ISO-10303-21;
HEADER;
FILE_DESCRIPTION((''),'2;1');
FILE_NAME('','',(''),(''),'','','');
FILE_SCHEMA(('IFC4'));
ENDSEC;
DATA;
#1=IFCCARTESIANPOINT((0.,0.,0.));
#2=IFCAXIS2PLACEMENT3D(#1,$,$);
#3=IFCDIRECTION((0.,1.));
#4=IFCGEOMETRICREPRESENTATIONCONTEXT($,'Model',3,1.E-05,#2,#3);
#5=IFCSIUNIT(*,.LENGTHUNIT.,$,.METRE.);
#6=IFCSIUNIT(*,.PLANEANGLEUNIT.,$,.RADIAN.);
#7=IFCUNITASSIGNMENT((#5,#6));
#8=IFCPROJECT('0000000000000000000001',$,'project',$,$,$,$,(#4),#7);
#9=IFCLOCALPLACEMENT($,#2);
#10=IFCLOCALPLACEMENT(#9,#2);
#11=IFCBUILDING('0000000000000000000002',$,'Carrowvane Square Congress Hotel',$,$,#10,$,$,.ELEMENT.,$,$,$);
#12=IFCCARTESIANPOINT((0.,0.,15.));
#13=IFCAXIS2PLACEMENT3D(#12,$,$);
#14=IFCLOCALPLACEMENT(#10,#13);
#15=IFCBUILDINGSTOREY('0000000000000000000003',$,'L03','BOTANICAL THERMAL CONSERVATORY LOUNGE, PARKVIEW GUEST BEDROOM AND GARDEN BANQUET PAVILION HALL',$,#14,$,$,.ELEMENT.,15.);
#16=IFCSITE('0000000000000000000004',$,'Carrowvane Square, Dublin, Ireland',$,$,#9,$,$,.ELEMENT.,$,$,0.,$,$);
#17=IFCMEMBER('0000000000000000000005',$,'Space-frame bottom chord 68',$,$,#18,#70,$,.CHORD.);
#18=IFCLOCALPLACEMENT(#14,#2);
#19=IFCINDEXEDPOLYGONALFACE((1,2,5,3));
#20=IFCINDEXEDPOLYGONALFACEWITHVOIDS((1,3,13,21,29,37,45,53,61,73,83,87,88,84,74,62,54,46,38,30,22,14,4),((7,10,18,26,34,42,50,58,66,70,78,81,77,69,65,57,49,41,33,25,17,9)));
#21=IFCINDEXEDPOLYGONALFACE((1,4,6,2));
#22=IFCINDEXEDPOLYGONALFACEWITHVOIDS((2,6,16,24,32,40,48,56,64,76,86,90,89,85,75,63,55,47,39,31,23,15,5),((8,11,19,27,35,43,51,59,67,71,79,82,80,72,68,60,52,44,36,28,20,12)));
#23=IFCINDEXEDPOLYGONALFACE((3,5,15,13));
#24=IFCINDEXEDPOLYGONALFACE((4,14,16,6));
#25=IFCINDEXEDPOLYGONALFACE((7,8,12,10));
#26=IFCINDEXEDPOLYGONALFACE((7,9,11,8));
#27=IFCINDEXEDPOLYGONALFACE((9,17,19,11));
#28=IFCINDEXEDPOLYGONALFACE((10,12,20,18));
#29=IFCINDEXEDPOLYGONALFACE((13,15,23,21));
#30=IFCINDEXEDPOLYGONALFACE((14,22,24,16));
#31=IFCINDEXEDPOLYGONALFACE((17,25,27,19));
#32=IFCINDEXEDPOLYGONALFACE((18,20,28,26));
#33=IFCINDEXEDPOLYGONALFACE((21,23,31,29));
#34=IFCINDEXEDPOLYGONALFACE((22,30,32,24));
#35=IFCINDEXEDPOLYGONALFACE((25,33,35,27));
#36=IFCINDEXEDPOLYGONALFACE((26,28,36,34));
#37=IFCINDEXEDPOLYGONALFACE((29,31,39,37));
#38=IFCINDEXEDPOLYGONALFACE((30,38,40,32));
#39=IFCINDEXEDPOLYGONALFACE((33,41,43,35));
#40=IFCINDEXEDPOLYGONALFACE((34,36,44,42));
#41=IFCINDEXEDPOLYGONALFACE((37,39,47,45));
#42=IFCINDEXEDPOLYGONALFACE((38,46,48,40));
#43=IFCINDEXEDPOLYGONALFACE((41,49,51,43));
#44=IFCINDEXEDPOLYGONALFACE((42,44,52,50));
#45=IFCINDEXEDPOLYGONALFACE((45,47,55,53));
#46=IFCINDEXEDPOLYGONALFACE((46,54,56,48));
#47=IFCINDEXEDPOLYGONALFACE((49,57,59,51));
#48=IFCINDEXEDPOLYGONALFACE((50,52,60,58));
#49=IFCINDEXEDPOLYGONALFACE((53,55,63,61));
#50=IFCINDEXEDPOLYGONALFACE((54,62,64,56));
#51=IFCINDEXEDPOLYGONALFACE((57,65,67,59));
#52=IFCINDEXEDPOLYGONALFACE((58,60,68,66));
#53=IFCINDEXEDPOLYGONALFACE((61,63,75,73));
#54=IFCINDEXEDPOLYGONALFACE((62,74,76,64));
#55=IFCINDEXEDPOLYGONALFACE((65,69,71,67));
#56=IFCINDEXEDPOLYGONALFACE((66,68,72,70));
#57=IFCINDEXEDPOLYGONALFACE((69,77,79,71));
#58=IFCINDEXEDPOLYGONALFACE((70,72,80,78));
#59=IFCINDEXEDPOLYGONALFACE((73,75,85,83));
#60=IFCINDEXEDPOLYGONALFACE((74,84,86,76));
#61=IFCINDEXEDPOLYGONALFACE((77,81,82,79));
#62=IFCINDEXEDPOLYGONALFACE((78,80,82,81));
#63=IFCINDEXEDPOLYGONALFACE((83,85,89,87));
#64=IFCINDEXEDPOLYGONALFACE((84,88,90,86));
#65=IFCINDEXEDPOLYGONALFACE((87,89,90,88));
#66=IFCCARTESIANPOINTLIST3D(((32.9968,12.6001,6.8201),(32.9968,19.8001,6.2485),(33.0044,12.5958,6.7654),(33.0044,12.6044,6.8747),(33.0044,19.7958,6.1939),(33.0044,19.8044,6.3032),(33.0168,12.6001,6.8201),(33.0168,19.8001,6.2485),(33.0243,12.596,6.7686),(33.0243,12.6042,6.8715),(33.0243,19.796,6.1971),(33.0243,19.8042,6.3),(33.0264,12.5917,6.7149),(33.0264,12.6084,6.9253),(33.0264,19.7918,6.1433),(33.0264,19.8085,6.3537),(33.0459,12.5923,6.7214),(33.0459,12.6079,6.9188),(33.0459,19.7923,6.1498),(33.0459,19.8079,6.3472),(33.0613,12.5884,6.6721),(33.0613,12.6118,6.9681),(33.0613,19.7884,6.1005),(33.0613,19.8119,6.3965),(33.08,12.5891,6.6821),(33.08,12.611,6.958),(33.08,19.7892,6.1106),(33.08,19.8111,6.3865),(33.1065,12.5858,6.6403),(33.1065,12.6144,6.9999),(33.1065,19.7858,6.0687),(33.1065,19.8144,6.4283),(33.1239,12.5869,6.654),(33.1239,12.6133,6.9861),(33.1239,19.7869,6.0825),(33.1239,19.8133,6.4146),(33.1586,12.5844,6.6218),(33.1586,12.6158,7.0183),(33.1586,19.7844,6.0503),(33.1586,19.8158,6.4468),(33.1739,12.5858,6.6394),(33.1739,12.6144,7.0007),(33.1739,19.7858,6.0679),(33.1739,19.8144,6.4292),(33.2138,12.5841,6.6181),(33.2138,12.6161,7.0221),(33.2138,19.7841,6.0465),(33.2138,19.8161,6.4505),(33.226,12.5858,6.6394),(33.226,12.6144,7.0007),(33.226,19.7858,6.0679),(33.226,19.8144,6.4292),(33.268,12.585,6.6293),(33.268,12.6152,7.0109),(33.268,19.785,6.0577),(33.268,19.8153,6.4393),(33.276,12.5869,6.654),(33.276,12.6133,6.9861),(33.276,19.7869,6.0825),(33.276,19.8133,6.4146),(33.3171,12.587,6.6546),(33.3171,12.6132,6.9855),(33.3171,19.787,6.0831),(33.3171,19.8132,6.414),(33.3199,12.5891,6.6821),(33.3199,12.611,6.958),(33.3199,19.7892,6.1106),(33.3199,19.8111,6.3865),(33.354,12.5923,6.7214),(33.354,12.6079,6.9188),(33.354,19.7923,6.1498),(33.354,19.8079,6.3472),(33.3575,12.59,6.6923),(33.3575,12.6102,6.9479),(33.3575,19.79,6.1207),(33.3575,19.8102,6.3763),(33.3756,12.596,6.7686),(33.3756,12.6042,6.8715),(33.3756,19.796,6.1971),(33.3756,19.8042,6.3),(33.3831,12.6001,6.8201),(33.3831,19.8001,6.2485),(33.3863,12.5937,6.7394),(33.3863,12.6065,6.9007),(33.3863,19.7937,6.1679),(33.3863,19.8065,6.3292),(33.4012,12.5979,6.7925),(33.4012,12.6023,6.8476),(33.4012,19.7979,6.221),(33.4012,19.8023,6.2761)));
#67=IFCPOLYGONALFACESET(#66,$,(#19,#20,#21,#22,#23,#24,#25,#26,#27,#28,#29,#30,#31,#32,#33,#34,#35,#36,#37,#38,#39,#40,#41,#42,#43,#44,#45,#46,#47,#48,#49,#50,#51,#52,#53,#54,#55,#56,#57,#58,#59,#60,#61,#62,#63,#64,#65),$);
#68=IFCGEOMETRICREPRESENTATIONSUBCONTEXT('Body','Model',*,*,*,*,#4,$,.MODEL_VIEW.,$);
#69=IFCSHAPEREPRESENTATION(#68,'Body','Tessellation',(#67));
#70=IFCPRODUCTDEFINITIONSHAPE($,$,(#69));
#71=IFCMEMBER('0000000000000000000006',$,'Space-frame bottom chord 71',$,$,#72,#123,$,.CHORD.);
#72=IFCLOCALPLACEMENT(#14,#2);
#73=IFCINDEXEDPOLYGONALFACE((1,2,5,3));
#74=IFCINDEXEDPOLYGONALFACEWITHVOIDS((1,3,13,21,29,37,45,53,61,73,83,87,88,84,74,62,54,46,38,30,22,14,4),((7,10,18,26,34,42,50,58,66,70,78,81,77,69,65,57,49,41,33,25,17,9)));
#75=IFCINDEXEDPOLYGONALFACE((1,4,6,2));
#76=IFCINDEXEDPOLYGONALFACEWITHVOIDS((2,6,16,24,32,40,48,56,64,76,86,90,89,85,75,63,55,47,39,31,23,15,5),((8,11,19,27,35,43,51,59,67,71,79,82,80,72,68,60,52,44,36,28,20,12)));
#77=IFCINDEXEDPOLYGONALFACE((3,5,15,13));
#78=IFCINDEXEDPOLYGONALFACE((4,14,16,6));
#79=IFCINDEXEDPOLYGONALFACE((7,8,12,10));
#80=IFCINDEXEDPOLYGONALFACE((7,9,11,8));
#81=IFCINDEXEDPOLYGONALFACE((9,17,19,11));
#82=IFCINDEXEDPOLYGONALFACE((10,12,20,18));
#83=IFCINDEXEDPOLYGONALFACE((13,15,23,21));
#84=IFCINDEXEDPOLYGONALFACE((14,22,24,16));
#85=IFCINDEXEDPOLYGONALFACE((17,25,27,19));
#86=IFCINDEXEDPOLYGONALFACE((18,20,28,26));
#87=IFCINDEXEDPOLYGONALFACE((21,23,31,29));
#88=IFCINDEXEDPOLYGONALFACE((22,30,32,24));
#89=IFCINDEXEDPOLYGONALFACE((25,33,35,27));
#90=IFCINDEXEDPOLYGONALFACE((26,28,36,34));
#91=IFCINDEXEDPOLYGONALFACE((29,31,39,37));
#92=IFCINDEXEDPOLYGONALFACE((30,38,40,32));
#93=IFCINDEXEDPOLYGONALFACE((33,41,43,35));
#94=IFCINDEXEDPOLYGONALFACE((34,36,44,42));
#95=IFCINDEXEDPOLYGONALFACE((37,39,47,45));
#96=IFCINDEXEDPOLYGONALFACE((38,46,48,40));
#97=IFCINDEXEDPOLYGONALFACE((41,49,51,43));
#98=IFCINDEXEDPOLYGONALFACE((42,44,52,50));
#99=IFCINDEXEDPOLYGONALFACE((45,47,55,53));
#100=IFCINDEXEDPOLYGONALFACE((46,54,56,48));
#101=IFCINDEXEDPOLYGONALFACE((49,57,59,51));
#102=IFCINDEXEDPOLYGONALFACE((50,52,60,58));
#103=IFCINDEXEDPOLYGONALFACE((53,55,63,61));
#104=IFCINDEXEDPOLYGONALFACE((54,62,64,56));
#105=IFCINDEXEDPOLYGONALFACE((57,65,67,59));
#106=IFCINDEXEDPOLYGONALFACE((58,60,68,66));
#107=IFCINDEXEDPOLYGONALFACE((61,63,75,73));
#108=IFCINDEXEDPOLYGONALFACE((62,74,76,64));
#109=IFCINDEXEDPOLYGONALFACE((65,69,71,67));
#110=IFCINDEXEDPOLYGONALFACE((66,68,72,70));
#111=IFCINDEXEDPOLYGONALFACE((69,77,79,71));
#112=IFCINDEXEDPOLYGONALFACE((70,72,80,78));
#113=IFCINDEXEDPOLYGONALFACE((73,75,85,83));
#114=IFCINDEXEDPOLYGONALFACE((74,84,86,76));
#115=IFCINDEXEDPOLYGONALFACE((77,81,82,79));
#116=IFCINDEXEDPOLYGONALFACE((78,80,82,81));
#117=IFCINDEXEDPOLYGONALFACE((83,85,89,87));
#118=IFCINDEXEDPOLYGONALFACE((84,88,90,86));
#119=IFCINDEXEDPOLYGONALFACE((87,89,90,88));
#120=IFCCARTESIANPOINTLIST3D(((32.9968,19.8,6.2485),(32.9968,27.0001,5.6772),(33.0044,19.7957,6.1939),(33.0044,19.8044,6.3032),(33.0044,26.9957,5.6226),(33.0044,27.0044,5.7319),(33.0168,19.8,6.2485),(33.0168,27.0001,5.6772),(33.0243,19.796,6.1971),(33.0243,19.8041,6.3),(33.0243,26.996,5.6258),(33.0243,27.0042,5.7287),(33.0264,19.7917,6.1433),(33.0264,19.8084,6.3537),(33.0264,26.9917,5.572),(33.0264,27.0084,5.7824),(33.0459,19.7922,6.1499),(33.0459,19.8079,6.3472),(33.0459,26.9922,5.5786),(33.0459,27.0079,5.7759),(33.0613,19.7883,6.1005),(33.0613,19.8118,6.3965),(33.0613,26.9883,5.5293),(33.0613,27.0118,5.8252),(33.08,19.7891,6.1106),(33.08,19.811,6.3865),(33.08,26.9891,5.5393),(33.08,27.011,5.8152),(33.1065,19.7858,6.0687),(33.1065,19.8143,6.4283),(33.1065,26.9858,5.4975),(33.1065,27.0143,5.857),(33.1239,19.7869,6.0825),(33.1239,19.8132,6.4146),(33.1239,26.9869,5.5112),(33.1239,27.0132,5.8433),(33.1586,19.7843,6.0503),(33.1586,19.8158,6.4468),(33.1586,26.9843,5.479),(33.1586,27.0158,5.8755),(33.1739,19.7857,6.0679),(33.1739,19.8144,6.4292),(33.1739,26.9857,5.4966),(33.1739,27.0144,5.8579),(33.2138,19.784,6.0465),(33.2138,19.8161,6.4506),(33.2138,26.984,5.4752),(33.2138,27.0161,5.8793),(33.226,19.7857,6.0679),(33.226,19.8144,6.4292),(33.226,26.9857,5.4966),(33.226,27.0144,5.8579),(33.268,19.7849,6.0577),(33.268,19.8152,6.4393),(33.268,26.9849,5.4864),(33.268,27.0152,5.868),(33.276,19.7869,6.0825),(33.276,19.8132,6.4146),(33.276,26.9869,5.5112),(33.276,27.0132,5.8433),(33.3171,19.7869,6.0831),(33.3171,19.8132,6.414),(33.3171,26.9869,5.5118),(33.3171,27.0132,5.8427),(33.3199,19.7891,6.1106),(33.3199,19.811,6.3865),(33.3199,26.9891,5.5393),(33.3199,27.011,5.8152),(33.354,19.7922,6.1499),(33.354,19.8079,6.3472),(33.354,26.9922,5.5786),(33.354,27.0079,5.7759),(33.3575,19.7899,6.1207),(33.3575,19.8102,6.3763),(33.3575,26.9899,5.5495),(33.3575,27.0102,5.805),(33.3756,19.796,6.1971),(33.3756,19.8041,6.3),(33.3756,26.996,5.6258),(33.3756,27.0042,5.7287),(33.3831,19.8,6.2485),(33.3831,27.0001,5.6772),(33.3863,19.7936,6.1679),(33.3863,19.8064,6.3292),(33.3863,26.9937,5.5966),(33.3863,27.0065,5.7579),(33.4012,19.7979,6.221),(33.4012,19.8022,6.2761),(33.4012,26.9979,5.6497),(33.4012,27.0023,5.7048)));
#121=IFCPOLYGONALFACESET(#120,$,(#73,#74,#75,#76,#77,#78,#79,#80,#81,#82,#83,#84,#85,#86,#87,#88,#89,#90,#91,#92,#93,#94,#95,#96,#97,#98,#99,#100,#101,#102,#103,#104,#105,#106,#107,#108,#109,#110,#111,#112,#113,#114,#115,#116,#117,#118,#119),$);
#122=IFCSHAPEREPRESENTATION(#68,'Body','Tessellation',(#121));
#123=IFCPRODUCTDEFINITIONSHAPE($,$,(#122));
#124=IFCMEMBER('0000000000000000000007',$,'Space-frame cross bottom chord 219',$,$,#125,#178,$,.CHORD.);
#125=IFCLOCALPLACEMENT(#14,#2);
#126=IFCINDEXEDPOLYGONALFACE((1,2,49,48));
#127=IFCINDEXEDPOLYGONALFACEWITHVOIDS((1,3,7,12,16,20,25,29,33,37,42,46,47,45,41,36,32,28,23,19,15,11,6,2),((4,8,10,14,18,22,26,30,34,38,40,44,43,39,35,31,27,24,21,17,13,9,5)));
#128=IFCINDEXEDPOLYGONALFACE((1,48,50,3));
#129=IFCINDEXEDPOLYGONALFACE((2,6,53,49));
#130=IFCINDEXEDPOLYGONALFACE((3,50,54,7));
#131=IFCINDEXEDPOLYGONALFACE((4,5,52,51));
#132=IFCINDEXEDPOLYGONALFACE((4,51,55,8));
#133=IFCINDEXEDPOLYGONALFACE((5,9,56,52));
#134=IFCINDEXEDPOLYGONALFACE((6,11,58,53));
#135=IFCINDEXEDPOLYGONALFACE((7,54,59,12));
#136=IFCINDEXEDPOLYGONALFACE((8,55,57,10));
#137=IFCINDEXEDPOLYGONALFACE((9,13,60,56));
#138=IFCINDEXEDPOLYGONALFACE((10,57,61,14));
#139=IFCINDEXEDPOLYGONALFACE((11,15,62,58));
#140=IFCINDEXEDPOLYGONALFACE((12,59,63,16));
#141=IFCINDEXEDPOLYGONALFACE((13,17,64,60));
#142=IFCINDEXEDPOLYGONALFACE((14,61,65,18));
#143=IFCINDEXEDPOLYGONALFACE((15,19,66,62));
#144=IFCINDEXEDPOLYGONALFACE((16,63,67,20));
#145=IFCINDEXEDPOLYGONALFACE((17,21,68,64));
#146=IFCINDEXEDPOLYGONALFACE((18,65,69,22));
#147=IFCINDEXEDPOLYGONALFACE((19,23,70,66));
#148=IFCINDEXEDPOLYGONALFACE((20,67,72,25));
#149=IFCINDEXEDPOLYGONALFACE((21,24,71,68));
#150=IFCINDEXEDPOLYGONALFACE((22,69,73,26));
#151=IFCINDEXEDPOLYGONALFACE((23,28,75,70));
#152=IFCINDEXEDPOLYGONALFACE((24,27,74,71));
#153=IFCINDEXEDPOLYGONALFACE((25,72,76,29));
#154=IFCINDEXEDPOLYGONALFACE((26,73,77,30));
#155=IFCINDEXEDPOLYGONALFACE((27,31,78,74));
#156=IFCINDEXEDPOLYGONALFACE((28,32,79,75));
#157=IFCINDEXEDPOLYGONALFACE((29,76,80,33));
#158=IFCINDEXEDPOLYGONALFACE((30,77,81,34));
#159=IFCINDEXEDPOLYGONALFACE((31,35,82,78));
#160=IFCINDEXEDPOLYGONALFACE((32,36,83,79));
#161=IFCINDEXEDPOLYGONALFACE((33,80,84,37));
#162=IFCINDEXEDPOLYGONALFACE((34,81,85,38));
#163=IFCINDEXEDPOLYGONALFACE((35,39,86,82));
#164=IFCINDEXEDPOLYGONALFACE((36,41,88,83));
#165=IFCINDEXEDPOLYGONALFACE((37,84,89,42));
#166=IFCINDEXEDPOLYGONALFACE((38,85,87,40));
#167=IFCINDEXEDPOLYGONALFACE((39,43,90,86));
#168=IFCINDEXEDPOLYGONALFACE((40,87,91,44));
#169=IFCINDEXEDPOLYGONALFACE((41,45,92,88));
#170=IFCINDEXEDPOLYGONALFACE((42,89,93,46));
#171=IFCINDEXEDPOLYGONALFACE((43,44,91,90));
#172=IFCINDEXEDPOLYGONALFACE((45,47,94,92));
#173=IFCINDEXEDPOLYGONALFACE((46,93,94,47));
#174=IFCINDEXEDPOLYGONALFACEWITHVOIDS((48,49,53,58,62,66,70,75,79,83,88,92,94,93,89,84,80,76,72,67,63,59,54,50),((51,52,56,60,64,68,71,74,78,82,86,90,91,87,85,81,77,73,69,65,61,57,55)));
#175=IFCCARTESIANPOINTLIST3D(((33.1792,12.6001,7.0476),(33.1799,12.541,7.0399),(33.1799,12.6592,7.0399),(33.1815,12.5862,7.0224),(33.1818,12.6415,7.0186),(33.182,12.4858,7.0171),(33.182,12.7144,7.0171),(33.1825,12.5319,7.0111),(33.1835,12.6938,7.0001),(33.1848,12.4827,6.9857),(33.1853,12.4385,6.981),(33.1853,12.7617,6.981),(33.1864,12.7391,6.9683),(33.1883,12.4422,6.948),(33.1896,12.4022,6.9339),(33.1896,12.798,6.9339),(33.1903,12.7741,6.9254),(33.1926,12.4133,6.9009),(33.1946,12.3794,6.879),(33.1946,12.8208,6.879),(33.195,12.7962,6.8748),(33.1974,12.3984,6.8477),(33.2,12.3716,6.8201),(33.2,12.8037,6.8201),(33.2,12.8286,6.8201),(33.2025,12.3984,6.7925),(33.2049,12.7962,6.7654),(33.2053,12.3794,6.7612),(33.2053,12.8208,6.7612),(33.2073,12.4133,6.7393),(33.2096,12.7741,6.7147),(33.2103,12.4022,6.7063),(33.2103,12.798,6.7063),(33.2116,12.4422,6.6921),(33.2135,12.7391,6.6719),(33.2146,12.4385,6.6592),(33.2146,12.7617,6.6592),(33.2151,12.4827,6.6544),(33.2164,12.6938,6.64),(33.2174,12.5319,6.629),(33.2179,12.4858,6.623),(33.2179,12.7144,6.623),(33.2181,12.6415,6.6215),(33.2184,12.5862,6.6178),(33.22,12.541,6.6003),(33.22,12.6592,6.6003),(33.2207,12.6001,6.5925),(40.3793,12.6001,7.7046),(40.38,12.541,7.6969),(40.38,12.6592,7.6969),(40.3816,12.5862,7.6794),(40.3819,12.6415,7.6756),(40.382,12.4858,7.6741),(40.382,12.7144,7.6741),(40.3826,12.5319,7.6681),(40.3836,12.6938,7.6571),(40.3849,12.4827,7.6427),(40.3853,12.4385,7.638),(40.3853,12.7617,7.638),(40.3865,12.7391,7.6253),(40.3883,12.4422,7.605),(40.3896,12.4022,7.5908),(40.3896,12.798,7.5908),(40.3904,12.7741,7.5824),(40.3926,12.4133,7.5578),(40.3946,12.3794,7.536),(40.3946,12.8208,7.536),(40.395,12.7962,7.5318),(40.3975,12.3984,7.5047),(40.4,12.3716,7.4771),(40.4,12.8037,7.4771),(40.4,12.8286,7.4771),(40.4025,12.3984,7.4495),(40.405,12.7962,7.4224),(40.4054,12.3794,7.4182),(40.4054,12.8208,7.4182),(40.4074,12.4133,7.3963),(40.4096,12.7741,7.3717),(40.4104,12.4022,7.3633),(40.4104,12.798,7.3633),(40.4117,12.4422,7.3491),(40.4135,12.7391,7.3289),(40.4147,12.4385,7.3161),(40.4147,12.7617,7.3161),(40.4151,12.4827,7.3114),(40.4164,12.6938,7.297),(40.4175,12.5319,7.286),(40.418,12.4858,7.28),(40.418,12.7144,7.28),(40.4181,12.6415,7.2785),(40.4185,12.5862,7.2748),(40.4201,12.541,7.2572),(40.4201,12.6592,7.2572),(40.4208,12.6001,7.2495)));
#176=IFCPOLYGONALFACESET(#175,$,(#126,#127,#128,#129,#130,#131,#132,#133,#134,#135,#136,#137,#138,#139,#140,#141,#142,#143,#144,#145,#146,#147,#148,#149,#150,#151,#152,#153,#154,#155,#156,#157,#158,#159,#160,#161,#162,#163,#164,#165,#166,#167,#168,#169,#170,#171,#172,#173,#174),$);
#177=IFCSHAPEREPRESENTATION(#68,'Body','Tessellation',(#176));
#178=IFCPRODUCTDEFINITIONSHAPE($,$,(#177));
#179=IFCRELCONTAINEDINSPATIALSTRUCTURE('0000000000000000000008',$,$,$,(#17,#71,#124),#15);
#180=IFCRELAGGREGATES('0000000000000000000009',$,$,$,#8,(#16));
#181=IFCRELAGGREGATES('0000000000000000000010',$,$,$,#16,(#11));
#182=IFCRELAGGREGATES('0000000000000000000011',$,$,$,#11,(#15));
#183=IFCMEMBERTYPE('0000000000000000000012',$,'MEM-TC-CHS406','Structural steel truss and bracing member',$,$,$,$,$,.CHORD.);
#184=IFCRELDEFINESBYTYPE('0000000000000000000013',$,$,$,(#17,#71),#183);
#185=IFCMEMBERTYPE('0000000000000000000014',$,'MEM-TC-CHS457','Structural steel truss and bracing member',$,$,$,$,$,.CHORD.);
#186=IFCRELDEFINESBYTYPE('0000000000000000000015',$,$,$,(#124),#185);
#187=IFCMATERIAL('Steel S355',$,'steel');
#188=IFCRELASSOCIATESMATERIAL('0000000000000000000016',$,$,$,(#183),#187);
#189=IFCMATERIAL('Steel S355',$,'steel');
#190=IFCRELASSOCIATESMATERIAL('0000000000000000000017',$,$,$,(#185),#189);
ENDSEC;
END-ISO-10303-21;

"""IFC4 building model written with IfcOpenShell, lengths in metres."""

from ifc_helpers import new_model, si_unit, direction, frame, origin, origin_2d, place, context, subcontext, project, spatial, hollow_circle, extrude, material, material_profile, profile_set, type_object, element, save


model = new_model("IFC4")

# Units and contexts
model_context = context("Model", 3, precision=1e-05, world=origin(), true_north=direction((0.0, 1.0)))
body_context = subcontext(model_context, "Body", "Model", "MODEL_VIEW")
ifc_project = project(units=[si_unit("LENGTHUNIT", "METRE"), si_unit("PLANEANGLEUNIT", "RADIAN")], contexts=[model_context])

# Site, building, storey
site_placement = place(None, origin())
site = spatial("IfcSite", under=ifc_project, at=site_placement, Name="Carrowvane Square, Dublin, Ireland", CompositionType="ELEMENT", RefElevation=0.0)
building_placement = place(site_placement, origin())
building = spatial("IfcBuilding", under=site, at=building_placement, Name="Carrowvane Square Congress Hotel", CompositionType="ELEMENT")
storey_placement = place(building_placement, frame((0.0, 0.0, 15.0)))
storey = spatial("IfcBuildingStorey", under=building, at=storey_placement, Name="L03", Description="BOTANICAL THERMAL CONSERVATORY LOUNGE, PARKVIEW GUEST BEDROOM AND GARDEN BANQUET PAVILION HALL", CompositionType="ELEMENT", Elevation=15.0)

# Members
ifc_material_1 = material(Name="Steel S355", Category="steel")
ifc_material_profile_1 = material_profile(ifc_material_1, hollow_circle(Radius=0.2031, WallThickness=0.02, at=origin_2d()), Name="CHS 406.4x20")
ifc_profile_set_1 = profile_set([ifc_material_profile_1], Name="Steel S355")
member_type_1 = type_object("IfcMemberType", Name="MEM-TC-CHS406", Description="Structural steel truss and bracing member", PredefinedType="CHORD", material=ifc_profile_set_1)
for number, where, z_axis, x_axis, name in (
    (1, (33.2, 12.6001, 6.8201), (0.0, 0.996864, -0.079131), (-1.0, 0.0, 0.0), "Space-frame bottom chord 68"),
    (2, (33.2, 19.8, 6.2485), (0.0, 0.996867, -0.079098), (-1.0, 0.0, 0.0), "Space-frame bottom chord 71"),
):
    element("IfcMember", number, at=place(storey_placement, frame(where, z_axis=z_axis, x_axis=x_axis)), inside=storey, type_object=member_type_1, Name=name, PredefinedType="CHORD", context=body_context, shape_type="SweptSolid", body=[
        extrude(hollow_circle(Radius=0.2031, WallThickness=0.02, at=origin_2d()), origin(), (0.0, 0.0, 1.0), 7.2227),
    ])
ifc_material_2 = material(Name="Steel S355", Category="steel")
ifc_material_profile_2 = material_profile(ifc_material_2, hollow_circle(Radius=0.2285, WallThickness=0.0249, at=origin_2d()), Name="CHS 457.0x25")
ifc_profile_set_2 = profile_set([ifc_material_profile_2], Name="Steel S355")
member_type_2 = type_object("IfcMemberType", Name="MEM-TC-CHS457", Description="Structural steel truss and bracing member", PredefinedType="CHORD", material=ifc_profile_set_2)
member_1_placement = place(storey_placement, frame((33.2, 12.6001, 6.8201), z_axis=(0.995863, 0.0, 0.090871), x_axis=(0.0, 1.0, 0.0)))
element("IfcMember", 3, at=member_1_placement, inside=storey, type_object=member_type_2, Name="Space-frame cross bottom chord 219", PredefinedType="CHORD", context=body_context, shape_type="SweptSolid", body=[
    extrude(hollow_circle(Radius=0.2285, WallThickness=0.0249, at=origin_2d()), origin(), (0.0, 0.0, 1.0), 7.23),
])

save(model, "model.ifc")
